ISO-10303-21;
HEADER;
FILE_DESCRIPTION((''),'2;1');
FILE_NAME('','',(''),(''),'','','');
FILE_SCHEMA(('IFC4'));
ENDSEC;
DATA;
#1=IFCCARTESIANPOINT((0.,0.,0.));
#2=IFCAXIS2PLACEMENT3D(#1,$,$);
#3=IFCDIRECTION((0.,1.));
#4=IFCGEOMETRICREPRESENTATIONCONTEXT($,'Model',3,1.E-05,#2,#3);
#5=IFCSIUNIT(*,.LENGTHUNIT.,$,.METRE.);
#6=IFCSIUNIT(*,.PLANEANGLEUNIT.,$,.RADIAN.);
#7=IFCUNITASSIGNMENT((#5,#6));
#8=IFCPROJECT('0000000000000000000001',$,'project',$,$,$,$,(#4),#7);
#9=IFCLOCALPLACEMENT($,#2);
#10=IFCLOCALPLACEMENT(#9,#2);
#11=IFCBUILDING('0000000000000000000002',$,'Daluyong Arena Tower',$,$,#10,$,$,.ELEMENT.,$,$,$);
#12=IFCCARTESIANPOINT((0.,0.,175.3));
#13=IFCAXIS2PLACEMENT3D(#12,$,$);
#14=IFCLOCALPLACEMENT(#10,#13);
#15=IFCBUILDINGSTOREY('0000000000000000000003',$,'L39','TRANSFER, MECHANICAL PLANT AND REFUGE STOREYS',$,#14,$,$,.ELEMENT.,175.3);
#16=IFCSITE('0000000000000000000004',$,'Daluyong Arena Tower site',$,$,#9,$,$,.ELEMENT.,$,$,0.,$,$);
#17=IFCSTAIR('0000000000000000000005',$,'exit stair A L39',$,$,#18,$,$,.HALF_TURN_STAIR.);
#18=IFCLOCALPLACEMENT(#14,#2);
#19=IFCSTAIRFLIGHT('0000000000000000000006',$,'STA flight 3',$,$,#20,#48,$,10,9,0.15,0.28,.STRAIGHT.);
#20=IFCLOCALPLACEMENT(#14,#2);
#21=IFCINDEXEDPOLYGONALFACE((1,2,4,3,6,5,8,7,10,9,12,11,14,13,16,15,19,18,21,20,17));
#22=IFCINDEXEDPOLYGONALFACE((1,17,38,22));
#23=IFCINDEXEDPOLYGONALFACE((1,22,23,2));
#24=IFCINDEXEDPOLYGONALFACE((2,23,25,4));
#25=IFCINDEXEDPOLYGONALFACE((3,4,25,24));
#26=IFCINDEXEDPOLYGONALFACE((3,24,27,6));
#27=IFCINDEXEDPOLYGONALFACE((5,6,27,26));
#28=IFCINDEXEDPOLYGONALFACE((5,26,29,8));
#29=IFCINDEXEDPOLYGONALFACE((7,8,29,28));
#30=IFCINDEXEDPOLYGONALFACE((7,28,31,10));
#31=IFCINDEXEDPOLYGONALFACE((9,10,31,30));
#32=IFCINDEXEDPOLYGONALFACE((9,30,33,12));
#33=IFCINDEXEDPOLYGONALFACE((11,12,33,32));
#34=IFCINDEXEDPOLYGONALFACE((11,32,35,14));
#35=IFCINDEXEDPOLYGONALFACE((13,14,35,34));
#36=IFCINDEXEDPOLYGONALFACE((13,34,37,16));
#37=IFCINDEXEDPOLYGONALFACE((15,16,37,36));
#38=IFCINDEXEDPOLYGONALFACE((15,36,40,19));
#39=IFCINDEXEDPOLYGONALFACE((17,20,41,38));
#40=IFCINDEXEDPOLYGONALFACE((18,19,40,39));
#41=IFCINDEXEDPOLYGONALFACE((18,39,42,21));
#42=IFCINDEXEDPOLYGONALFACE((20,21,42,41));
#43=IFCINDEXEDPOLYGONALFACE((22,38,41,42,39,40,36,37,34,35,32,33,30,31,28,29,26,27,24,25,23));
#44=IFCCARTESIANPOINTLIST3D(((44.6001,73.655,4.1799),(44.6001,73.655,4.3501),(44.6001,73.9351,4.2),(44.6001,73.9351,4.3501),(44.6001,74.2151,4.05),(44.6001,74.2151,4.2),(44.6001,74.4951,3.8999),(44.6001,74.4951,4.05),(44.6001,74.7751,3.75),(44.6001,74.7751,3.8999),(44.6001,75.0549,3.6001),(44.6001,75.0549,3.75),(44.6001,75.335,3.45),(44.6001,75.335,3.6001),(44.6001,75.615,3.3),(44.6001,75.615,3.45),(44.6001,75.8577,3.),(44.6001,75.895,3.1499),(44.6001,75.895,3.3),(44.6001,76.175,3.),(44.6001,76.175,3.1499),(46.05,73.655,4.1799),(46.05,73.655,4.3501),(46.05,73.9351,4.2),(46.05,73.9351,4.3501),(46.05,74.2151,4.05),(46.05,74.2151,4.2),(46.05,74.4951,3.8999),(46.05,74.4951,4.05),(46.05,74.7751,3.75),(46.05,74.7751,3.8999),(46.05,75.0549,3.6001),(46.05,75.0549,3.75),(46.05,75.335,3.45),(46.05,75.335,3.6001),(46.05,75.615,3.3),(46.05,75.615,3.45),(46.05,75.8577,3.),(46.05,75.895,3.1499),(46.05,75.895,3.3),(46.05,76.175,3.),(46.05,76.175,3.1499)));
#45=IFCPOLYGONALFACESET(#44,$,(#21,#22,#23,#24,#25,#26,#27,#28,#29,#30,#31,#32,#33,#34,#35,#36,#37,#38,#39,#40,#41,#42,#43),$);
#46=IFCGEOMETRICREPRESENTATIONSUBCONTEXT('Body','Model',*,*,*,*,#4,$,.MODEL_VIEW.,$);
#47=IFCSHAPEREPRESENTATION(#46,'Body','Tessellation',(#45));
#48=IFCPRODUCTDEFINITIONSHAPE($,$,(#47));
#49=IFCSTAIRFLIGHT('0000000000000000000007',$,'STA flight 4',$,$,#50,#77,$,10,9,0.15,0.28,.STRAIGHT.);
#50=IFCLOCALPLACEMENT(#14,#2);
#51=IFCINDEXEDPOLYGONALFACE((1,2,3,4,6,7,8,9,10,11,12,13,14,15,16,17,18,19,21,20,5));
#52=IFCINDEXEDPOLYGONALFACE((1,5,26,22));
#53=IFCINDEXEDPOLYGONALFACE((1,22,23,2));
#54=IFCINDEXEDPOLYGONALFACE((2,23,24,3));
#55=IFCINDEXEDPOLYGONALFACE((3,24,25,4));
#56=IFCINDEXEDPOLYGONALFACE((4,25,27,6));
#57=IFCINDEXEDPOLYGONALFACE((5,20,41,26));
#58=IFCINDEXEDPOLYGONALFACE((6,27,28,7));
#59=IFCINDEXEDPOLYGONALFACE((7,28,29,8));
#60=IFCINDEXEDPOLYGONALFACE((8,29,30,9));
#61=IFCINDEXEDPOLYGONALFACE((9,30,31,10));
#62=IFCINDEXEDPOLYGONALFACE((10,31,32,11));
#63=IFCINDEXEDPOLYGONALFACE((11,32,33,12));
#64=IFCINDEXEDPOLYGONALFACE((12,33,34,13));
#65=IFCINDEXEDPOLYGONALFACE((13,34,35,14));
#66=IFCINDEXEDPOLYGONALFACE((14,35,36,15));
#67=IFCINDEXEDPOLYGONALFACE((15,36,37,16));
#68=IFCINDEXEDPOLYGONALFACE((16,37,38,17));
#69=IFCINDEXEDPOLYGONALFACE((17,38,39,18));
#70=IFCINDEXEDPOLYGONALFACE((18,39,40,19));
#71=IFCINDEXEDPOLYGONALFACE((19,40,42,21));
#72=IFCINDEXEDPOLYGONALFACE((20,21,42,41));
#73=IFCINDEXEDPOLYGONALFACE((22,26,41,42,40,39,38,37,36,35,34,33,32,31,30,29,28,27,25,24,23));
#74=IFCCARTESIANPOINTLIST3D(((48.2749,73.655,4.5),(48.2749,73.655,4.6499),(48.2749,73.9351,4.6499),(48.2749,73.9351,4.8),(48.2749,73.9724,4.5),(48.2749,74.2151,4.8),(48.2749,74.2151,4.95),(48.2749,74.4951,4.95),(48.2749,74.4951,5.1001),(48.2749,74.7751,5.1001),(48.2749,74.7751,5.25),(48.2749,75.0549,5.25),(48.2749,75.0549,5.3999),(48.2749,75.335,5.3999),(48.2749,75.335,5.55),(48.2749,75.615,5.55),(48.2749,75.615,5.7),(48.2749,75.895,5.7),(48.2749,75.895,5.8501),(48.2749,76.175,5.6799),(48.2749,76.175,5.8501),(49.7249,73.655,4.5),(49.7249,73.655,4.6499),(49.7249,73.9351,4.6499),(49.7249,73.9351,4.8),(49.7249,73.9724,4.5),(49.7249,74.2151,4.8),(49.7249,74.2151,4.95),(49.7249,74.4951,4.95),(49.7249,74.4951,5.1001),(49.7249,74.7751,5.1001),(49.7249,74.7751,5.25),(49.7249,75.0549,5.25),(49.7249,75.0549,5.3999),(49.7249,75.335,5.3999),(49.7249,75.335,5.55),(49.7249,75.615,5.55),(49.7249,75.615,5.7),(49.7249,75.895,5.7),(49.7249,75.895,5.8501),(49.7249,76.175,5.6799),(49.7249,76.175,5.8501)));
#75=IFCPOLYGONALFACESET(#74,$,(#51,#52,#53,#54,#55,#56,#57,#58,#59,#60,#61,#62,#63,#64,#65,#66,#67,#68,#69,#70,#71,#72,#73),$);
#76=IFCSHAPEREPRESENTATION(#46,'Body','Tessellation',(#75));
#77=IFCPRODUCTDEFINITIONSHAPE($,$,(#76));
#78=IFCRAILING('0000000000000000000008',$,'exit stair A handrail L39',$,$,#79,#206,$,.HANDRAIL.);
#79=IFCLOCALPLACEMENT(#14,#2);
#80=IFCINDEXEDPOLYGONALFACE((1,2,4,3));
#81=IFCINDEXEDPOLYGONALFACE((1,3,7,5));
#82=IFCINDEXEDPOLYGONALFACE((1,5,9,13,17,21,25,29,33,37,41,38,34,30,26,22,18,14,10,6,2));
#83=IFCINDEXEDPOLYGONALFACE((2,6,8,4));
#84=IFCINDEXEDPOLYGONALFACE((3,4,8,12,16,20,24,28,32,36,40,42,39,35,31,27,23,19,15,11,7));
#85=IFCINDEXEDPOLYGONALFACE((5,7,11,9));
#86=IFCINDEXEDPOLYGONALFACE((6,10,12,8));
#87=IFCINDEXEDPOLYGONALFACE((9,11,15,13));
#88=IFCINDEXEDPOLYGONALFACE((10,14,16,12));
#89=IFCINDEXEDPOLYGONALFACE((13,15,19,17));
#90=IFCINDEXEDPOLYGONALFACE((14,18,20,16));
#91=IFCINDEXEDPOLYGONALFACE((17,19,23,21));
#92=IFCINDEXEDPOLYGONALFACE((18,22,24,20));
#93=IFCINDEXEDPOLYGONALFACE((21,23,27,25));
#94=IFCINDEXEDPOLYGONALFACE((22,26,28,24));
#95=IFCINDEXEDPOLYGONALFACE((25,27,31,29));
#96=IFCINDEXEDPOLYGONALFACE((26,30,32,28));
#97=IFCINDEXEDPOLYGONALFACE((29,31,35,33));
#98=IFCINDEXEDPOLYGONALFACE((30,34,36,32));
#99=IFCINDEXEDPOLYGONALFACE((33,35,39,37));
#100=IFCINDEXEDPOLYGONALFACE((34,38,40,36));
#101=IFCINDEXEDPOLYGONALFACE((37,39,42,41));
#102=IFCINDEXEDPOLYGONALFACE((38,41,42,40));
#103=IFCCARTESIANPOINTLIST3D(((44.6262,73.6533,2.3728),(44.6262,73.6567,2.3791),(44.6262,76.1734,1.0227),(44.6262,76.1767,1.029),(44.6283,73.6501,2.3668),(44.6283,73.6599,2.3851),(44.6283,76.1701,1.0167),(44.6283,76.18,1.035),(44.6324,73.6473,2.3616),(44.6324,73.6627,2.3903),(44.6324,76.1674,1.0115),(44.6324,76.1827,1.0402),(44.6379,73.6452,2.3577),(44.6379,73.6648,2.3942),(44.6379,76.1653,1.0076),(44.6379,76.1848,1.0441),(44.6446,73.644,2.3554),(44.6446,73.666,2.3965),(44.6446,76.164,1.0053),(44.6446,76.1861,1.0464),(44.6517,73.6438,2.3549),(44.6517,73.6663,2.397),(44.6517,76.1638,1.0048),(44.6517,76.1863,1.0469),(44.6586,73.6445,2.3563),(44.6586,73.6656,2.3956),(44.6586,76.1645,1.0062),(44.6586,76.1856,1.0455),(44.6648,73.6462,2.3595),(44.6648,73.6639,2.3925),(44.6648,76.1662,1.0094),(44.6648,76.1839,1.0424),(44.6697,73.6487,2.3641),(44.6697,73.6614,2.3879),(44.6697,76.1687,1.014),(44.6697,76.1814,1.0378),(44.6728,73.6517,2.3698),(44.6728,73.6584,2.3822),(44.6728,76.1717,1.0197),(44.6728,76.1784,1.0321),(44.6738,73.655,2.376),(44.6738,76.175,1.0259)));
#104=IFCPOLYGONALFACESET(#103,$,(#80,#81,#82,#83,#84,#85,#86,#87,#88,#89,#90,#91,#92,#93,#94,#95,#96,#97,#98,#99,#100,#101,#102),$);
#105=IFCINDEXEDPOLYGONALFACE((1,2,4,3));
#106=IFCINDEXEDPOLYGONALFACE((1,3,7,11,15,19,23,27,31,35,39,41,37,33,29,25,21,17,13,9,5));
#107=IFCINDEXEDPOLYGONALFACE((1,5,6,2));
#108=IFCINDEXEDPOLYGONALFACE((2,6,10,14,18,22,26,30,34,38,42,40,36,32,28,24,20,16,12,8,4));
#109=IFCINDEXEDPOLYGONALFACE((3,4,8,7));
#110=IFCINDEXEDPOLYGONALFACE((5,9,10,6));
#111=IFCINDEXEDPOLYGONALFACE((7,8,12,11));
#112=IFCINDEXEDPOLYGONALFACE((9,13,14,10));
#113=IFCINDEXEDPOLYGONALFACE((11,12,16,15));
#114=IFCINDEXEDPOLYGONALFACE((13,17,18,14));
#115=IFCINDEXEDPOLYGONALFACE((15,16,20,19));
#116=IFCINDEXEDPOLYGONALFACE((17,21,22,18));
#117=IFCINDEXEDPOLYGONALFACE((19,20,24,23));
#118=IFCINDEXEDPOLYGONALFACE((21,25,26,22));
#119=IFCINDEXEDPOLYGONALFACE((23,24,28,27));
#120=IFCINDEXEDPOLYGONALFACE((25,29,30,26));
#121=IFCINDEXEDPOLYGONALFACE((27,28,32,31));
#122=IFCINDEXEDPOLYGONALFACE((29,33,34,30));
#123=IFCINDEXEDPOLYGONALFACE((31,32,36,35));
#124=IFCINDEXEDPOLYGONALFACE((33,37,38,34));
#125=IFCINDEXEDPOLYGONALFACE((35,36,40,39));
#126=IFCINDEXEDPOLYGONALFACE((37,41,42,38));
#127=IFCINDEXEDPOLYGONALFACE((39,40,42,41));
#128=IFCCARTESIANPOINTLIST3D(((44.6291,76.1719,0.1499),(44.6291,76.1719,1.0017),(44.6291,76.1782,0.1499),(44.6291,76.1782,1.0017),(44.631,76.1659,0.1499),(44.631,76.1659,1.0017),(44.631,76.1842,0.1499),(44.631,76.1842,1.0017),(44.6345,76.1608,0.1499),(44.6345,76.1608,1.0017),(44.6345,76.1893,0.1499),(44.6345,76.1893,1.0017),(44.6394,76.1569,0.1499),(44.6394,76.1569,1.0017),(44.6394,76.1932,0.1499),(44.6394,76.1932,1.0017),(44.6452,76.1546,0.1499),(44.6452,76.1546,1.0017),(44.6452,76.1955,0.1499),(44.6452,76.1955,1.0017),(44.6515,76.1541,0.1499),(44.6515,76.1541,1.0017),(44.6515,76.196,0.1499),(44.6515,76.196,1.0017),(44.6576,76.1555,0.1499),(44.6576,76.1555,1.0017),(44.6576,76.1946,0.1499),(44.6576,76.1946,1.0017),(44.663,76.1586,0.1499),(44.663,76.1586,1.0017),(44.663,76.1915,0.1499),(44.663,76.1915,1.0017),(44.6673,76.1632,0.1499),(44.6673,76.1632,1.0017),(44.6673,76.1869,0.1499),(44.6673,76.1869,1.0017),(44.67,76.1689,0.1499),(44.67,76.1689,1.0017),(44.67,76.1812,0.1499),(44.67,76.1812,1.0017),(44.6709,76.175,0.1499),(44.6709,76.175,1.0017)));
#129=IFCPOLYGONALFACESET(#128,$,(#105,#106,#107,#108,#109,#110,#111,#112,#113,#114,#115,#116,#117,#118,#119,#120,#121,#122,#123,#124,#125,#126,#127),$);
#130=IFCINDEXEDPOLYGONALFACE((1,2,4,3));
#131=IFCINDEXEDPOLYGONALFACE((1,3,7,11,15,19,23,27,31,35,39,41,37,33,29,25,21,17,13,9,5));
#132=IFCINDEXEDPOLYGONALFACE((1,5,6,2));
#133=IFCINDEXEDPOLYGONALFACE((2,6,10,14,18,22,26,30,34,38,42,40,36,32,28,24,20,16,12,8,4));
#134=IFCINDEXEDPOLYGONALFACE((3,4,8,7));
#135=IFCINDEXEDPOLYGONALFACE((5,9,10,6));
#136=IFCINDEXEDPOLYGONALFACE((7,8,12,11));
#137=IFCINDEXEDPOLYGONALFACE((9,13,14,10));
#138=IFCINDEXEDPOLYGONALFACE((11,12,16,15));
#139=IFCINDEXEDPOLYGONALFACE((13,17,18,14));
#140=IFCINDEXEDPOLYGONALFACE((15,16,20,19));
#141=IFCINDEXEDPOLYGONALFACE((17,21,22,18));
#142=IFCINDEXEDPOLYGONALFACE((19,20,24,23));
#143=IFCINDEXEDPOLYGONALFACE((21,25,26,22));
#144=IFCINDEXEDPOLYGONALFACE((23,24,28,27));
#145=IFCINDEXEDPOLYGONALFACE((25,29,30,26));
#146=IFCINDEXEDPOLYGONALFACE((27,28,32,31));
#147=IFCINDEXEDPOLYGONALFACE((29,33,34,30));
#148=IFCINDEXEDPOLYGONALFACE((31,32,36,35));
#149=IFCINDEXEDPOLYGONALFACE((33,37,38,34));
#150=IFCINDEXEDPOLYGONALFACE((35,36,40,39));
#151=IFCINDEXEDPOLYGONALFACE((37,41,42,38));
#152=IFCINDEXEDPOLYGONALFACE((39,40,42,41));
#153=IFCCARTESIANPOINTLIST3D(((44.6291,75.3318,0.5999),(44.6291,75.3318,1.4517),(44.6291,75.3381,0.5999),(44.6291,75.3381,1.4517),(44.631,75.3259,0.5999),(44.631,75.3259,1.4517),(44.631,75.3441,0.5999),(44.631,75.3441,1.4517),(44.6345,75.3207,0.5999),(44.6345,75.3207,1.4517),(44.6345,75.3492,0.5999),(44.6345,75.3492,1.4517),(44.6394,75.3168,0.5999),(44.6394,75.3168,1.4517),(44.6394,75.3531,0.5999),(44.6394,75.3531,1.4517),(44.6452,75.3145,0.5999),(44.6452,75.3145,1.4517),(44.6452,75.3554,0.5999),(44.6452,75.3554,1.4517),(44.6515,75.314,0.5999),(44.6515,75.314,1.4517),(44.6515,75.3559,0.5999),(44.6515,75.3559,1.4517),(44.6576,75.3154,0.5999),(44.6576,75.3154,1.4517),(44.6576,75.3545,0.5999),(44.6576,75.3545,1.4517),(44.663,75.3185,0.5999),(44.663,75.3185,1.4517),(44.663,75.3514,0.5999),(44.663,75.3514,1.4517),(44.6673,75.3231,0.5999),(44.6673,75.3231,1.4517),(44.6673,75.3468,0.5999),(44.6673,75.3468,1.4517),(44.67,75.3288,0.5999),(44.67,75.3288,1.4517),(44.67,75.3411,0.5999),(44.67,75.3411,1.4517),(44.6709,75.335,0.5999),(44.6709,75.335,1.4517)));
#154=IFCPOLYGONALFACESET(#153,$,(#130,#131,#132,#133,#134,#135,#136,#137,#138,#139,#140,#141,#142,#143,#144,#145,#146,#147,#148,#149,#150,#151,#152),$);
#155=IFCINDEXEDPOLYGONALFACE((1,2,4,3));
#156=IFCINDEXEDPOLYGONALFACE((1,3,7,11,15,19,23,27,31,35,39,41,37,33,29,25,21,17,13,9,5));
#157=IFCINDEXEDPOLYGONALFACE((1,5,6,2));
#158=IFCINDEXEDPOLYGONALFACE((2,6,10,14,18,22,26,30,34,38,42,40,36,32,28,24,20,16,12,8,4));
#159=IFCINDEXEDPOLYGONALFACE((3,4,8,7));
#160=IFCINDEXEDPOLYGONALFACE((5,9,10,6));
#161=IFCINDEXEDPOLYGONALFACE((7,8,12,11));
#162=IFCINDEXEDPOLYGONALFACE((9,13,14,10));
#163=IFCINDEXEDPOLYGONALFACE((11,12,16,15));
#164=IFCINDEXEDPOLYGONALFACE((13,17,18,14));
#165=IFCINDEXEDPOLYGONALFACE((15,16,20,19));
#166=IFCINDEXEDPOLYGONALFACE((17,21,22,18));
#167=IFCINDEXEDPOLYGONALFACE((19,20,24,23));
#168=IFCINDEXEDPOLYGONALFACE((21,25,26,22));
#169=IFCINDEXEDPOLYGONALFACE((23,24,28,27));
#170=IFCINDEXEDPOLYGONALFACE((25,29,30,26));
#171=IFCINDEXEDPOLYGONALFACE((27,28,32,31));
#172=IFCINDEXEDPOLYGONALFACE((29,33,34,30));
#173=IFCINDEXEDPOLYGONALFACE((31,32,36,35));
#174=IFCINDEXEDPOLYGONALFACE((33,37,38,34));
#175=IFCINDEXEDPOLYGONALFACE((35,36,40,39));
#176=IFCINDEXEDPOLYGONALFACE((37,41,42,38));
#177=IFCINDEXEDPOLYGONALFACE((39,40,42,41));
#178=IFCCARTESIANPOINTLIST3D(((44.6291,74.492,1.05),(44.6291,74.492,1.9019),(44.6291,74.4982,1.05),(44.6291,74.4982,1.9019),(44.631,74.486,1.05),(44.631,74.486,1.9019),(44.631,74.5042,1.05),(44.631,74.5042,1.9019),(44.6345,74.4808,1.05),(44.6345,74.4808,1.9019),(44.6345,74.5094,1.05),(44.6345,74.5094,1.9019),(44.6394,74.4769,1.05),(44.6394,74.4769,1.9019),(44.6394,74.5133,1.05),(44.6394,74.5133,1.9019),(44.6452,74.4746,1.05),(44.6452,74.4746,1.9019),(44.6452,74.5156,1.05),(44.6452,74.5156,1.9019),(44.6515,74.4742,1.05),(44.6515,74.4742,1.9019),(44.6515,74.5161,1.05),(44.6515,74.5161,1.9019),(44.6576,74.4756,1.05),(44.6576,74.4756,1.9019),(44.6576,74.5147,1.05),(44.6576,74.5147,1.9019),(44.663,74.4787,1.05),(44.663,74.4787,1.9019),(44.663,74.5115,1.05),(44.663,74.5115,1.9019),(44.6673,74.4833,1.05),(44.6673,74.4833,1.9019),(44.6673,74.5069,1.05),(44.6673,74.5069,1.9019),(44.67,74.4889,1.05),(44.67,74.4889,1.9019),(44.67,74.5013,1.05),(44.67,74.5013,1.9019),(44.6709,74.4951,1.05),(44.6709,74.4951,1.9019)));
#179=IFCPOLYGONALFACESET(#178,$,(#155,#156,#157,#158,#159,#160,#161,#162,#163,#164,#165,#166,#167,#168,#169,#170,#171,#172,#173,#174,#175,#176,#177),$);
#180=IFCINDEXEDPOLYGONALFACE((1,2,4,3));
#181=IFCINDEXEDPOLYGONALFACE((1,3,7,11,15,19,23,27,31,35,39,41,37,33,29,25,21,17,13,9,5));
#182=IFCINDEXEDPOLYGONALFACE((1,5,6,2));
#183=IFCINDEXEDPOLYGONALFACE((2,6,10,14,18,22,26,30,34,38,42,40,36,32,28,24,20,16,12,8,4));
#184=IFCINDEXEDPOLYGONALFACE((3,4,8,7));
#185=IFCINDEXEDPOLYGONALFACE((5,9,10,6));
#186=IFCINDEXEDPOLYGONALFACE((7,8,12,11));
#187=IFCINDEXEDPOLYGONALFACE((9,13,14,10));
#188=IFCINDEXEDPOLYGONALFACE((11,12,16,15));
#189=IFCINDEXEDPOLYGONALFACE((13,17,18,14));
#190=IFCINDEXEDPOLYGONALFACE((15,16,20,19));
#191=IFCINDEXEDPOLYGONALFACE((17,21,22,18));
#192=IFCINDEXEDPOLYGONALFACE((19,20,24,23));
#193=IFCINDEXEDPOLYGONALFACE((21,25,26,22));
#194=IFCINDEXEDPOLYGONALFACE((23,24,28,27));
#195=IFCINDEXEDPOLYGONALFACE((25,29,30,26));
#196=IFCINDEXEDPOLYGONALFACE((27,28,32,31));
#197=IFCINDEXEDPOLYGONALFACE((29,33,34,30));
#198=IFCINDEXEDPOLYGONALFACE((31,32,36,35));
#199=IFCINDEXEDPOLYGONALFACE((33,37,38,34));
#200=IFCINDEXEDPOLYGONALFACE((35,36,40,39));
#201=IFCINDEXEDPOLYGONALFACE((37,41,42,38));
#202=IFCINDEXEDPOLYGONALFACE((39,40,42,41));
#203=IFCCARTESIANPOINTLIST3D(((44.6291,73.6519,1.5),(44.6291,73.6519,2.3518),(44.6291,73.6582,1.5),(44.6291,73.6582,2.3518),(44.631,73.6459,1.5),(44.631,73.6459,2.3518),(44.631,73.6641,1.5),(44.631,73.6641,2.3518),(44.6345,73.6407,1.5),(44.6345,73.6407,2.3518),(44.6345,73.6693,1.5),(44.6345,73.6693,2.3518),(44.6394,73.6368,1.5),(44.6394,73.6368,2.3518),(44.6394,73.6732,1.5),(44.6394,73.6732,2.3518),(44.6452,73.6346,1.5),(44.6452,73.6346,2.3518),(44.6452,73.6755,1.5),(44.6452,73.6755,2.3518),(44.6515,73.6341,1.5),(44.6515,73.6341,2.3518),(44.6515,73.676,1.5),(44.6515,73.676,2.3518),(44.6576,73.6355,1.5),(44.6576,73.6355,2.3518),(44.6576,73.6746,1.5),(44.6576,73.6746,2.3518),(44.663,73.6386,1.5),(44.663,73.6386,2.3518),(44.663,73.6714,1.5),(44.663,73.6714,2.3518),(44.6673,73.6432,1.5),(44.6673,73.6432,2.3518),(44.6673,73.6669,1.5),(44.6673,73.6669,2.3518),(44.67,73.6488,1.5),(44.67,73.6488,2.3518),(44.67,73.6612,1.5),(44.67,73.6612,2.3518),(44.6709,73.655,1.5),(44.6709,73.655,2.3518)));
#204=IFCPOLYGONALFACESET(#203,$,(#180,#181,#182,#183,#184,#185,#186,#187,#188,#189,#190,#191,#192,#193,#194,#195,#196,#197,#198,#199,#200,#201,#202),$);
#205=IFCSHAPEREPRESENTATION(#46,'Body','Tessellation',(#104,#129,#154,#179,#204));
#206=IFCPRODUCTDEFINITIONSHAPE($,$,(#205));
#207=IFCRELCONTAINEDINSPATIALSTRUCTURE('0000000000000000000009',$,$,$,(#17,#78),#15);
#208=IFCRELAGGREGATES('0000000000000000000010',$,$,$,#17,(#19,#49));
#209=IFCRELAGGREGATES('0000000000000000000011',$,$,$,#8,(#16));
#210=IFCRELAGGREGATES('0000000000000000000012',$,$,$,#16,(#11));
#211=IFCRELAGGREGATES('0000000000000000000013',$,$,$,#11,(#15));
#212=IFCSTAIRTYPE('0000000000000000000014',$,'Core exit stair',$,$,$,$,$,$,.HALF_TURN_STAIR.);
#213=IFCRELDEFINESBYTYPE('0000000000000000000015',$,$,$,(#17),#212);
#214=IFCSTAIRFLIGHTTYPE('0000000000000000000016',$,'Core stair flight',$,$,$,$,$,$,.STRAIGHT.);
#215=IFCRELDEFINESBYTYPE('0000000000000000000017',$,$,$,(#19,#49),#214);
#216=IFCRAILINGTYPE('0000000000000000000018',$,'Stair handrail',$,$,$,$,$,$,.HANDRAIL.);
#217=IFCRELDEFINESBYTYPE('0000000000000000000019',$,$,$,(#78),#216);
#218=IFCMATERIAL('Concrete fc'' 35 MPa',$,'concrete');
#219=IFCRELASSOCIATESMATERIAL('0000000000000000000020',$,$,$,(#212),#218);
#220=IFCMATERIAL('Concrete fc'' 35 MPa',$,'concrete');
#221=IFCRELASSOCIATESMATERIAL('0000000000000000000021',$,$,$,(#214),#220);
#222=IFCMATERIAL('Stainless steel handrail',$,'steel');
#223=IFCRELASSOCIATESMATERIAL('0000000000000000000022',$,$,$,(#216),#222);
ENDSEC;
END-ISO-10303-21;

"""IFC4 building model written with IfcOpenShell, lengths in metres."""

from ifc_helpers import new_model, si_unit, direction, frame, origin, origin_2d, place, context, subcontext, project, spatial, polyline, circle, outline, extrude, material, type_object, element, aggregate, save


model = new_model("IFC4")

# Units and contexts
model_context = context("Model", 3, precision=1e-05, world=origin(), true_north=direction((0.0, 1.0)))
body_context = subcontext(model_context, "Body", "Model", "MODEL_VIEW")
ifc_project = project(units=[si_unit("LENGTHUNIT", "METRE"), si_unit("PLANEANGLEUNIT", "RADIAN")], contexts=[model_context])

# Site, building, storey
site_placement = place(None, origin())
site = spatial("IfcSite", under=ifc_project, at=site_placement, Name="Daluyong Arena Tower site", CompositionType="ELEMENT", RefElevation=0.0)
building_placement = place(site_placement, origin())
building = spatial("IfcBuilding", under=site, at=building_placement, Name="Daluyong Arena Tower", CompositionType="ELEMENT")
storey_placement = place(building_placement, frame((0.0, 0.0, 175.3)))
storey = spatial("IfcBuildingStorey", under=building, at=storey_placement, Name="L39", Description="TRANSFER, MECHANICAL PLANT AND REFUGE STOREYS", CompositionType="ELEMENT", Elevation=175.3)

# Stair, stair flights
ifc_material_1 = material(Name="Concrete fc' 35 MPa", Category="concrete")
stair_type = type_object("IfcStairType", Name="Core exit stair", PredefinedType="HALF_TURN_STAIR", material=ifc_material_1)
stair_placement = place(storey_placement, origin())
stair = element("IfcStair", 1, at=stair_placement, inside=storey, type_object=stair_type, Name="exit stair A L39", PredefinedType="HALF_TURN_STAIR")
ifc_material_2 = material(Name="Concrete fc' 35 MPa", Category="concrete")
stair_flight_type = type_object("IfcStairFlightType", Name="Core stair flight", PredefinedType="STRAIGHT", material=ifc_material_2)
stair_flight_1_placement = place(storey_placement, frame((45.325, 76.175, 3.0), z_axis=(0.0, 0.0, 1.0), x_axis=(0.0, -1.0, 0.0)))
stair_flight_1 = element("IfcStairFlight", 2, at=stair_flight_1_placement, type_object=stair_flight_type, Name="STA flight 3", NumberOfRisers=10, NumberOfTreads=9, PredefinedType="STRAIGHT", RiserHeight=0.15, TreadLength=0.28, context=body_context, shape_type="SweptSolid", body=[
    extrude(outline(polyline([(0.0, 0.0), (0.0, 0.1499), (0.28, 0.1499), (0.28, 0.3), (0.5601, 0.3), (0.5601, 0.45), (0.8401, 0.45), (0.8401, 0.6001), (1.1201, 0.6001), (1.1201, 0.75), (1.3999, 0.75), (1.3999, 0.8999), (1.6799, 0.8999), (1.6799, 1.05), (1.96, 1.05), (1.96, 1.2), (2.24, 1.2), (2.24, 1.3501), (2.52, 1.3501), (2.52, 1.5), (2.52, 1.1799), (0.3174, 0.0), (0.0, 0.0)])), frame((0.0, 0.7251, 0.0), z_axis=(0.0, -1.0, 0.0), x_axis=(1.0, 0.0, 0.0)), (0.0, 0.0, 1.0), 1.45),
])
stair_flight_2_placement = place(storey_placement, frame((49.0, 73.655, 4.5), z_axis=(0.0, 0.0, 1.0), x_axis=(0.0, 1.0, 0.0)))
stair_flight_2 = element("IfcStairFlight", 3, at=stair_flight_2_placement, type_object=stair_flight_type, Name="STA flight 4", NumberOfRisers=10, NumberOfTreads=9, PredefinedType="STRAIGHT", RiserHeight=0.15, TreadLength=0.28, context=body_context, shape_type="SweptSolid", body=[
    extrude(outline(polyline([(0.0, 0.0), (0.0, 0.1499), (0.28, 0.1499), (0.28, 0.3), (0.5601, 0.3), (0.5601, 0.45), (0.8401, 0.45), (0.8401, 0.6001), (1.1201, 0.6001), (1.1201, 0.75), (1.3999, 0.75), (1.3999, 0.8999), (1.6799, 0.8999), (1.6799, 1.05), (1.96, 1.05), (1.96, 1.2), (2.24, 1.2), (2.24, 1.3501), (2.52, 1.3501), (2.52, 1.5), (2.52, 1.1799), (0.3174, 0.0), (0.0, 0.0)])), frame((0.0, 0.7251, 0.0), z_axis=(0.0, -1.0, 0.0), x_axis=(1.0, 0.0, 0.0)), (0.0, 0.0, 1.0), 1.45),
])
aggregate(stair, [stair_flight_1, stair_flight_2])

# Railing
ifc_material_3 = material(Name="Stainless steel handrail", Category="steel")
railing_type_1 = type_object("IfcRailingType", Name="Stair handrail", PredefinedType="HANDRAIL", material=ifc_material_3)
railing_1_placement = place(storey_placement, frame((44.6499, 76.175, 0.1499)))
element("IfcRailing", 4, at=railing_1_placement, inside=storey, type_object=railing_type_1, Name="exit stair A handrail L39", PredefinedType="HANDRAIL", context=body_context, shape_type="SweptSolid", body=[
    extrude(circle(Radius=0.0239, at=origin_2d()), frame((0.0, 0.0, 0.876), z_axis=(0.0, -0.881467, 0.472245), x_axis=(1.0, 0.0, 0.0)), (0.0, 0.0, 1.0), 2.8589),
    extrude(circle(Radius=0.021, at=origin_2d()), origin(), (0.0, 0.0, 1.0), 0.8518),
    extrude(circle(Radius=0.021, at=origin_2d()), frame((0.0, -0.8401, 0.45)), (0.0, 0.0, 1.0), 0.8518),
    extrude(circle(Radius=0.021, at=origin_2d()), frame((0.0, -1.6799, 0.9001)), (0.0, 0.0, 1.0), 0.8518),
    extrude(circle(Radius=0.021, at=origin_2d()), frame((0.0, -2.52, 1.3501)), (0.0, 0.0, 1.0), 0.8518),
])

save(model, "model.ifc")
